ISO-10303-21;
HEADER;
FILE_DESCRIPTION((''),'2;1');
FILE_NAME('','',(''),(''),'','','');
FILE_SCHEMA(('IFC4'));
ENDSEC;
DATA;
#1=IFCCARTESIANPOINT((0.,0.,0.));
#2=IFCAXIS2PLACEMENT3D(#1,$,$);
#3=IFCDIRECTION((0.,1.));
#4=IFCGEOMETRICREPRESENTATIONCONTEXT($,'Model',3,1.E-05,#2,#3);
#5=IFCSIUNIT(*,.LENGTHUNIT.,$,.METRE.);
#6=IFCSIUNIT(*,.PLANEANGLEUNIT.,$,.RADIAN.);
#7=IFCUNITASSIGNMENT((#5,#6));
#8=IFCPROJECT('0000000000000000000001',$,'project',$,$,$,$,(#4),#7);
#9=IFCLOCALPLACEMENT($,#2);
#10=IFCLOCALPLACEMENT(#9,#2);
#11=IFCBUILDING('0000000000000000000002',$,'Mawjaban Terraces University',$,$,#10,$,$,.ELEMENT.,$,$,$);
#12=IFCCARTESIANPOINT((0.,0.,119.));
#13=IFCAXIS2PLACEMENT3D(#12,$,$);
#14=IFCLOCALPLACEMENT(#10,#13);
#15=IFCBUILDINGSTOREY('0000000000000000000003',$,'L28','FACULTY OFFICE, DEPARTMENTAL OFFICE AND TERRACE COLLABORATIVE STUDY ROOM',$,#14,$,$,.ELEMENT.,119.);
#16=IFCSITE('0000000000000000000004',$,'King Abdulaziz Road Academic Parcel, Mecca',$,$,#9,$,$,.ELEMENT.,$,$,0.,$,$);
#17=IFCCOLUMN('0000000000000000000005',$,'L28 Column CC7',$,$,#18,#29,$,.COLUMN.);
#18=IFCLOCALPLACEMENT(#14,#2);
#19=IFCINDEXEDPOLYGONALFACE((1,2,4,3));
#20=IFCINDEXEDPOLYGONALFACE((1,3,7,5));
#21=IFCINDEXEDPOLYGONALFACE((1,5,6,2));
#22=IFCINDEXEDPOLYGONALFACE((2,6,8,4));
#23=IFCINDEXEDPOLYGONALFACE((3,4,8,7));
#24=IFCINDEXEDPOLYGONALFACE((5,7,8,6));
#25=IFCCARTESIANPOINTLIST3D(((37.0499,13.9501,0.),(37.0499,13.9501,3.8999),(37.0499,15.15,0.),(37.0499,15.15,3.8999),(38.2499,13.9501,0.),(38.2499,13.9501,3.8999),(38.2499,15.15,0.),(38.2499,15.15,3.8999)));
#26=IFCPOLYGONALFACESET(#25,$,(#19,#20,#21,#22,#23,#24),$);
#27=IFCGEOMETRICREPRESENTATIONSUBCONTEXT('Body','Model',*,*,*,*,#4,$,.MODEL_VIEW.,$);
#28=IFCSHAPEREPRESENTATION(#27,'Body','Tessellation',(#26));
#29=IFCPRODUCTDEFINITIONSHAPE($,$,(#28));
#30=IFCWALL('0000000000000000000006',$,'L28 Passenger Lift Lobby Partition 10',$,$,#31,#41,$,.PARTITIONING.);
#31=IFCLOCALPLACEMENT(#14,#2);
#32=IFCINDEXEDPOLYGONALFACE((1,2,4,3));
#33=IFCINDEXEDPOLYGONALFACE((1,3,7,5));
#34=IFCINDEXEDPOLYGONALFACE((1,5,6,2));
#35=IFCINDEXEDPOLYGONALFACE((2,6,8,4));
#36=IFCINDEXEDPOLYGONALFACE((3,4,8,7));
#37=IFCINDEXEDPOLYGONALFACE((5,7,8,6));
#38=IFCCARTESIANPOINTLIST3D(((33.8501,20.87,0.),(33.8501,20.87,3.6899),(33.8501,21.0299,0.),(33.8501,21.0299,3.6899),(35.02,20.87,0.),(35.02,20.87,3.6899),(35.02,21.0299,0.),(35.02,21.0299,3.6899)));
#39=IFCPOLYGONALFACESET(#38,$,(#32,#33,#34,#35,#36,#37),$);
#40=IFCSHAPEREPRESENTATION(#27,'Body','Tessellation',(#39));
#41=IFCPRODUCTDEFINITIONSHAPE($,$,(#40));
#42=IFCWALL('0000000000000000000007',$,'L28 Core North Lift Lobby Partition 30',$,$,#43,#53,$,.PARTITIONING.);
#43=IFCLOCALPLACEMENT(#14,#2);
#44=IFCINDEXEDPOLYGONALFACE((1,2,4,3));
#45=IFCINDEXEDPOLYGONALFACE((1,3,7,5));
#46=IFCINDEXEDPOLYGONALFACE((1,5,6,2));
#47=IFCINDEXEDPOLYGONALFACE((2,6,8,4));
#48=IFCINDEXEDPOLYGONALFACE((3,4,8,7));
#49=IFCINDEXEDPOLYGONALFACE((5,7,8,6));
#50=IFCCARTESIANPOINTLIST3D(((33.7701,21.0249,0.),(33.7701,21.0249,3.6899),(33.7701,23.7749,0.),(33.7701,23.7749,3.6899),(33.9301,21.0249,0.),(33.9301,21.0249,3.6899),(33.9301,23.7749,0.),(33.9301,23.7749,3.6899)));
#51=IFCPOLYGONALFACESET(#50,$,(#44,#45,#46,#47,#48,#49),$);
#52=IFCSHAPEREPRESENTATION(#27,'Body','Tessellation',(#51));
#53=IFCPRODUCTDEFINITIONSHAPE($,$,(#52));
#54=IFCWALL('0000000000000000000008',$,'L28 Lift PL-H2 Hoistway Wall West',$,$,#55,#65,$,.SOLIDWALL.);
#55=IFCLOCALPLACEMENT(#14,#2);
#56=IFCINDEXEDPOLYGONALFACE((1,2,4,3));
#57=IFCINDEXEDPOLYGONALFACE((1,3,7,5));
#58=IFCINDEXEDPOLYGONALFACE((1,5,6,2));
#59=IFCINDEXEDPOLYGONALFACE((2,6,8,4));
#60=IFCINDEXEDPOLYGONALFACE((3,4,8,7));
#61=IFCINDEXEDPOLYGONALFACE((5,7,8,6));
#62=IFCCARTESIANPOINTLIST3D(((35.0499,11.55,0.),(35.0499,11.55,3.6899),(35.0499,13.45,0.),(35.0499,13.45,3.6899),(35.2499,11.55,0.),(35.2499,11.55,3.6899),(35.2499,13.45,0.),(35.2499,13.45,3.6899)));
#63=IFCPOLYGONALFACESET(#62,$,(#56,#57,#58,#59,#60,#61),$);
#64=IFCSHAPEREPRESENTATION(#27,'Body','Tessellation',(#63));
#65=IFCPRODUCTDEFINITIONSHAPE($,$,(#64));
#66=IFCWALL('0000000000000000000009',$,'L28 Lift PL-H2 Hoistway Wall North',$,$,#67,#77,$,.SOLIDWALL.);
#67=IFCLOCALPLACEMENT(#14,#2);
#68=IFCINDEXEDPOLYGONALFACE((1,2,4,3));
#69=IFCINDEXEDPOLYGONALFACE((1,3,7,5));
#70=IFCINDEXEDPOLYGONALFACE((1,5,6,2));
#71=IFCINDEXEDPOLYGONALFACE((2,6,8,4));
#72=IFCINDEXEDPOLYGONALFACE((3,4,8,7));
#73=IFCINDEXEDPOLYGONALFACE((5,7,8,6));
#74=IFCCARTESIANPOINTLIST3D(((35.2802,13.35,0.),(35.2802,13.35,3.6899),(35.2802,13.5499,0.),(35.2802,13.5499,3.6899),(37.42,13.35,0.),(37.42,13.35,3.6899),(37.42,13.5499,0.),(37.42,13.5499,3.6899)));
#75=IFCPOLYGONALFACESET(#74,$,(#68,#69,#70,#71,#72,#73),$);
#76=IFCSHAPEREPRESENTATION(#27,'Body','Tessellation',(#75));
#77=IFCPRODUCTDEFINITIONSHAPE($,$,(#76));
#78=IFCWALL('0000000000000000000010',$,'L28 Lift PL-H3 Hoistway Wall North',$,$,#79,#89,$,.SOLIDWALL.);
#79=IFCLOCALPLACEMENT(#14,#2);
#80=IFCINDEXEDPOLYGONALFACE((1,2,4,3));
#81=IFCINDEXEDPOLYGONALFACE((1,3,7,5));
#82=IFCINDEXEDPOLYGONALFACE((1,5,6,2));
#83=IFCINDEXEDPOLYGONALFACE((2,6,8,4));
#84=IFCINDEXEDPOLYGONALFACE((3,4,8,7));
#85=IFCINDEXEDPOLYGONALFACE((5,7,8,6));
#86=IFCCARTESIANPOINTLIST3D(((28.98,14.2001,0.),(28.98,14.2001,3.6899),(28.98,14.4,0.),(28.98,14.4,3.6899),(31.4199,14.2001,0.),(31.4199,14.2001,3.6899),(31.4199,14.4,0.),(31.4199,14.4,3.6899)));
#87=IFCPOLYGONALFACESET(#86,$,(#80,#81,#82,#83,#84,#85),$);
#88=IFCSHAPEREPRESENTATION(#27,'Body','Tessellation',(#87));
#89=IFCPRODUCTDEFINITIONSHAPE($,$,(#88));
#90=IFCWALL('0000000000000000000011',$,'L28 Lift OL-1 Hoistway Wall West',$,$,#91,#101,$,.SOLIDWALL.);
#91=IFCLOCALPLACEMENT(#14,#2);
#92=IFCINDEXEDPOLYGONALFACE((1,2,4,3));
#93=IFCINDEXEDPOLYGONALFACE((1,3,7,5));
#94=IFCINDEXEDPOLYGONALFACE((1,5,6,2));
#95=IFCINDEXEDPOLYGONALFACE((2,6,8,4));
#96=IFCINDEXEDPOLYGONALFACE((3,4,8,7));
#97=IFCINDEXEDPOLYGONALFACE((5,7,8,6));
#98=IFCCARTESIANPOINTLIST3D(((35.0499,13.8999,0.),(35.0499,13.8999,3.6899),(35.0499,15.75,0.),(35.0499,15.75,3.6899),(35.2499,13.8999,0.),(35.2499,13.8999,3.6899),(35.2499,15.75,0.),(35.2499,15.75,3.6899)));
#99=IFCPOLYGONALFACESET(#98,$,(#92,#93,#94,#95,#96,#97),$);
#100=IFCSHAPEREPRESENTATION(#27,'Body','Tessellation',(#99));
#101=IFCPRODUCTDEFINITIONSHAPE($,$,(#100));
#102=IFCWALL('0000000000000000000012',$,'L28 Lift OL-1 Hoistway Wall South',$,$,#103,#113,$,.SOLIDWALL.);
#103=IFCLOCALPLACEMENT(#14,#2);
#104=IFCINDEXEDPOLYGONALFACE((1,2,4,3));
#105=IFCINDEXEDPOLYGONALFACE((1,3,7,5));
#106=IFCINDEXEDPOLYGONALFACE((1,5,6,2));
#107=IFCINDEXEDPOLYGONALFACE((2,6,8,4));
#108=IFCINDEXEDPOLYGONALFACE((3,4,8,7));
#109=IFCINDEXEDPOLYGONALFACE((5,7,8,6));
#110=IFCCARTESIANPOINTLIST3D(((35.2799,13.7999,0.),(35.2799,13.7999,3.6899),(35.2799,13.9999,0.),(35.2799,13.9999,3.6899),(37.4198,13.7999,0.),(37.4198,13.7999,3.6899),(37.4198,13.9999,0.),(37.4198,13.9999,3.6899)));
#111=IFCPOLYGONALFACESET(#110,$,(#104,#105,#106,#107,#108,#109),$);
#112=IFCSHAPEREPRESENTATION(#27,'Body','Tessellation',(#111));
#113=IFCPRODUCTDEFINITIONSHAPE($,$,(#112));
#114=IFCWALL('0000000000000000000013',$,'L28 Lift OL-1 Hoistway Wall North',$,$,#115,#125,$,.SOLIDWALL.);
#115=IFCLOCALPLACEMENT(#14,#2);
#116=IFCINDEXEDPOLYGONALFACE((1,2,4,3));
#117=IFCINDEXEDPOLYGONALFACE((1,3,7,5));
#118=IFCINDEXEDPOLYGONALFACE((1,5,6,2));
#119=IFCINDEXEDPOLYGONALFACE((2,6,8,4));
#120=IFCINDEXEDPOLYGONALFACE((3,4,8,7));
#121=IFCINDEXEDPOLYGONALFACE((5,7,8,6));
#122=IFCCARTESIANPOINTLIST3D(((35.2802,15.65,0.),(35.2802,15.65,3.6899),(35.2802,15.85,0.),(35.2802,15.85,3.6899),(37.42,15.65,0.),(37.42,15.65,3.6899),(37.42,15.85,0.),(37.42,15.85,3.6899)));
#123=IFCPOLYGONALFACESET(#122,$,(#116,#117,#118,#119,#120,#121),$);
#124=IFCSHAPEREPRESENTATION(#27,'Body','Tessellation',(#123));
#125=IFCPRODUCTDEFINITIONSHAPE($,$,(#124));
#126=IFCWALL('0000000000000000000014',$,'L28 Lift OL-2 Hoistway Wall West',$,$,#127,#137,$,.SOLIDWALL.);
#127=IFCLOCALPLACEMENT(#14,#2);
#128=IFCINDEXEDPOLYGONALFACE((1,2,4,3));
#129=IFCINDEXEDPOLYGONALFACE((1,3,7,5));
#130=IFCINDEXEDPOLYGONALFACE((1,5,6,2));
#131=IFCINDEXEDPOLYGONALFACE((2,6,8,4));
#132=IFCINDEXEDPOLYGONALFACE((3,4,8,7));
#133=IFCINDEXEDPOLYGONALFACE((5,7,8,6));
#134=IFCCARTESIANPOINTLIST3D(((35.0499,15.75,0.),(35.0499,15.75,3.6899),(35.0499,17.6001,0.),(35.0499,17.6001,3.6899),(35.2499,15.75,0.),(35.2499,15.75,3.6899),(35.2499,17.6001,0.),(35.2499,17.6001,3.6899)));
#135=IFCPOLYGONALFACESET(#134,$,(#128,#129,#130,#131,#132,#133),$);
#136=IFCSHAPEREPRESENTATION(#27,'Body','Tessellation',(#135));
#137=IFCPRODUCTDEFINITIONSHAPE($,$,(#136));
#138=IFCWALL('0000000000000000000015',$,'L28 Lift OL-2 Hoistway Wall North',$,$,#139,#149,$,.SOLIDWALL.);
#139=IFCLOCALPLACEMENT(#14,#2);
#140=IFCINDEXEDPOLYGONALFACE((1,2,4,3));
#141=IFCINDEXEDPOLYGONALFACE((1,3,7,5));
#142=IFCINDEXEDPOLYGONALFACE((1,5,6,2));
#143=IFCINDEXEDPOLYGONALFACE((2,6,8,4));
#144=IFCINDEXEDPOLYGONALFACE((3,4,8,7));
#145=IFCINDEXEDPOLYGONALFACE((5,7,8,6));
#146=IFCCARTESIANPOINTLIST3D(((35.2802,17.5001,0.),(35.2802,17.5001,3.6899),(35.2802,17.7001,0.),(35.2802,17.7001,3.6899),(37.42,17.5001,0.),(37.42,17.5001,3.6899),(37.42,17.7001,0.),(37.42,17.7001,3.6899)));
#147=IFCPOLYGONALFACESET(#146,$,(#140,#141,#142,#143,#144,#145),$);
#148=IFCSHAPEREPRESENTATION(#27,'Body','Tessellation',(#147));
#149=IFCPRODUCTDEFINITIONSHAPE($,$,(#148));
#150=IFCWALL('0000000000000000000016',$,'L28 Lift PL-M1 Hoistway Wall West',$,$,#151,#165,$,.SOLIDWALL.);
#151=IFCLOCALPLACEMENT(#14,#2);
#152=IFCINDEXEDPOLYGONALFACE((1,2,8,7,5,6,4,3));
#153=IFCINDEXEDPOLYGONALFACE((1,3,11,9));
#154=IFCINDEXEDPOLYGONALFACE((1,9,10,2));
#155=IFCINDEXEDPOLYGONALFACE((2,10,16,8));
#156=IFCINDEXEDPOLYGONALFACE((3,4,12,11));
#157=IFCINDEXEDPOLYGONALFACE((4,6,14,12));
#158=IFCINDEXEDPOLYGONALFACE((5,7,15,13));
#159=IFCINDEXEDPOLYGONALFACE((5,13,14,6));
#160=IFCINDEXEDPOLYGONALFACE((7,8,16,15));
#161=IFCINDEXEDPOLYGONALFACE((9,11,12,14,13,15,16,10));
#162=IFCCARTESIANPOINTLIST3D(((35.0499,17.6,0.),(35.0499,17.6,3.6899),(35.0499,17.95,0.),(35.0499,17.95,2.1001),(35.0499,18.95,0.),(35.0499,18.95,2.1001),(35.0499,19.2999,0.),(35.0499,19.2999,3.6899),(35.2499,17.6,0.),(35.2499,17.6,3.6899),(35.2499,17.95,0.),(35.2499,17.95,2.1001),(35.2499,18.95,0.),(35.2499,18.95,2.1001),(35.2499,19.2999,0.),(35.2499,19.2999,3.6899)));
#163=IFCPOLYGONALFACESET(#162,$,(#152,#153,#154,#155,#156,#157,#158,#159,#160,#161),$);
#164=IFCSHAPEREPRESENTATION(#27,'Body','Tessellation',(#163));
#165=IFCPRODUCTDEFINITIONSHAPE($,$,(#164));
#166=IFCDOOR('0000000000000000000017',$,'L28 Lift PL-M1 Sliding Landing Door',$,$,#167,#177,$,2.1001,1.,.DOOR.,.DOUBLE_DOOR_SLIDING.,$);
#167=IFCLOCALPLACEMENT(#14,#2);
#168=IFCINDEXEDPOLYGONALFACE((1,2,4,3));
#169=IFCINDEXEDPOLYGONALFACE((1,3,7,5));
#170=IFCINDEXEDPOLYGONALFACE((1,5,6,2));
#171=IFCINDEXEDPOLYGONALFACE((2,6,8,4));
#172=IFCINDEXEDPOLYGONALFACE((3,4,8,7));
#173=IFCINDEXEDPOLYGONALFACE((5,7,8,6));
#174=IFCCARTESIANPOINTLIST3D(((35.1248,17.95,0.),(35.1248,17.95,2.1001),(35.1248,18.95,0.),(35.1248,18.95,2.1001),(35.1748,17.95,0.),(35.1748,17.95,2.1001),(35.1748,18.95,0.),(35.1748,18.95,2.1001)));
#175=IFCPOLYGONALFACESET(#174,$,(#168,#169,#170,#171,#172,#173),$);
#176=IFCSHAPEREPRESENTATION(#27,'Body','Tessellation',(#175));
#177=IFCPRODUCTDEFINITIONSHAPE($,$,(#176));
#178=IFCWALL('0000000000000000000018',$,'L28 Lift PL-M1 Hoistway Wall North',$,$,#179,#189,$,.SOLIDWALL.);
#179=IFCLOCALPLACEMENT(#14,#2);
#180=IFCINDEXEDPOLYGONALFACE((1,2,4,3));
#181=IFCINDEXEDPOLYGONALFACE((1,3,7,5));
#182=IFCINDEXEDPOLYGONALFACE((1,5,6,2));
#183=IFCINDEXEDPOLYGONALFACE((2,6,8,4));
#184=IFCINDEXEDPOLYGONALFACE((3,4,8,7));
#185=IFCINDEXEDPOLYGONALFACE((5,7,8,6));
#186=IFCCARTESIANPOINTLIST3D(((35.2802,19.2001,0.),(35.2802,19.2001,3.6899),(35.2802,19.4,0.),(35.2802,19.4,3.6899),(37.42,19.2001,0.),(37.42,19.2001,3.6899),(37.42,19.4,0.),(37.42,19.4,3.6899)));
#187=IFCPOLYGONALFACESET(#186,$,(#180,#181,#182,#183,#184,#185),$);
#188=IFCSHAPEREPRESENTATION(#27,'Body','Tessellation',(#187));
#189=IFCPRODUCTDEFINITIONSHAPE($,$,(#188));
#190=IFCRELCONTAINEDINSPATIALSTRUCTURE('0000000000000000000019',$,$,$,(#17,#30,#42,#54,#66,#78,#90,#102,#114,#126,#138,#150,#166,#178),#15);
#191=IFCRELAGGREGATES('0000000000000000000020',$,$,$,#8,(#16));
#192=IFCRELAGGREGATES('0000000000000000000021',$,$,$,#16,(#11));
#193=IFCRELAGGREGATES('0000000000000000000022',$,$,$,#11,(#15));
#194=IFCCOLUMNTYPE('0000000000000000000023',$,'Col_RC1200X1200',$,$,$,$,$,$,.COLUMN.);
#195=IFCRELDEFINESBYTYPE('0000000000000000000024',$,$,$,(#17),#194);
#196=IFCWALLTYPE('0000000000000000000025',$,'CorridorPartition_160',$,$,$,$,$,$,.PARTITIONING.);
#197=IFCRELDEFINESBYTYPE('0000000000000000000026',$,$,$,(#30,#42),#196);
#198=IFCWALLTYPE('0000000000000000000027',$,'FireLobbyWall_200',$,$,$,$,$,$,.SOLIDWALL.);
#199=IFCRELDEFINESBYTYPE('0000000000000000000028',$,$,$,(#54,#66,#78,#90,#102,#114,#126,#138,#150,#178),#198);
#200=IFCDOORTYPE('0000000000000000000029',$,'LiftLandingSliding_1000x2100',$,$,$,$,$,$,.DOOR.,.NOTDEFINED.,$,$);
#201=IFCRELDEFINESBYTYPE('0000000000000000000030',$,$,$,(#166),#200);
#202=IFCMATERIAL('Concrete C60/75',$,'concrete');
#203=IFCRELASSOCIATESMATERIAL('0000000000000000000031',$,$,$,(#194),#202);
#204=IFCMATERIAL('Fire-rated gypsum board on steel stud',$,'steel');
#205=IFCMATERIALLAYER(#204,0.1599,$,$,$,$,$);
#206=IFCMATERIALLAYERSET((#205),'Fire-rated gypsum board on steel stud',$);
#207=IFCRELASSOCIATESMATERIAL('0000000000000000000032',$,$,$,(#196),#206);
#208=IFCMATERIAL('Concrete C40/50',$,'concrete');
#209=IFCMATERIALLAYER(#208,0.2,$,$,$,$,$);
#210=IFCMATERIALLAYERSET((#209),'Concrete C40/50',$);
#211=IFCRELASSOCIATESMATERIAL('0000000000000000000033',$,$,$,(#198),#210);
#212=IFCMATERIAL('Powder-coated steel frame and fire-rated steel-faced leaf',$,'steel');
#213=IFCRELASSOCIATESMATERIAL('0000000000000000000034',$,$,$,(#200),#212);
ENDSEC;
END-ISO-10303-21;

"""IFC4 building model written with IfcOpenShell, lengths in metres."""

from ifc_helpers import new_model, si_unit, direction, frame, frame_2d, origin, origin_2d, place, context, subcontext, project, spatial, rectangle, extrude, material, layer, layer_set, material_profile, profile_set, type_object, element, fill, save


model = new_model("IFC4")

# Units and contexts
model_context = context("Model", 3, precision=1e-05, world=origin(), true_north=direction((0.0, 1.0)))
body_context = subcontext(model_context, "Body", "Model", "MODEL_VIEW")
ifc_project = project(units=[si_unit("LENGTHUNIT", "METRE"), si_unit("PLANEANGLEUNIT", "RADIAN")], contexts=[model_context])

# Site, building, storey
site_placement = place(None, origin())
site = spatial("IfcSite", under=ifc_project, at=site_placement, Name="King Abdulaziz Road Academic Parcel, Mecca", CompositionType="ELEMENT", RefElevation=0.0)
building_placement = place(site_placement, origin())
building = spatial("IfcBuilding", under=site, at=building_placement, Name="Mawjaban Terraces University", CompositionType="ELEMENT")
storey_placement = place(building_placement, frame((0.0, 0.0, 119.0)))
storey = spatial("IfcBuildingStorey", under=building, at=storey_placement, Name="L28", Description="FACULTY OFFICE, DEPARTMENTAL OFFICE AND TERRACE COLLABORATIVE STUDY ROOM", CompositionType="ELEMENT", Elevation=119.0)

# Column
ifc_material_1 = material(Name="Concrete C60/75", Category="concrete")
ifc_material_profile = material_profile(ifc_material_1, rectangle(XDim=1.2, YDim=1.2, at=origin_2d()), Name="RC1200X1200")
ifc_profile_set = profile_set([ifc_material_profile], Name="Concrete C60/75")
column_type = type_object("IfcColumnType", Name="Col_RC1200X1200", PredefinedType="COLUMN", material=ifc_profile_set)
column_placement = place(storey_placement, frame((37.6499, 14.55, 0.0), z_axis=(0.0, 0.0, 1.0), x_axis=(1.0, 0.0, 0.0)))
element("IfcColumn", 1, at=column_placement, inside=storey, type_object=column_type, Name="L28 Column CC7", PredefinedType="COLUMN", context=body_context, shape_type="SweptSolid", body=[
    extrude(rectangle(XDim=1.2, YDim=1.2, at=origin_2d()), origin(), (0.0, 0.0, 1.0), 3.8999),
])

# Walls
ifc_material_2 = material(Name="Fire-rated gypsum board on steel stud", Category="steel")
ifc_layer_1 = layer(ifc_material_2, 0.1599)
ifc_layer_set_1 = layer_set([ifc_layer_1], Name="Fire-rated gypsum board on steel stud")
wall_type_1 = type_object("IfcWallType", Name="CorridorPartition_160", PredefinedType="PARTITIONING", material=ifc_layer_set_1)
wall_1_placement = place(storey_placement, frame((35.02, 20.95, 0.0), z_axis=(0.0, 0.0, 1.0), x_axis=(-1.0, 0.0, 0.0)))
element("IfcWall", 2, at=wall_1_placement, inside=storey, type_object=wall_type_1, Name="L28 Passenger Lift Lobby Partition 10", PredefinedType="PARTITIONING", context=body_context, shape_type="SweptSolid", body=[
    extrude(rectangle(XDim=1.1699, YDim=0.1599, at=frame_2d((0.585, 0.0))), origin(), (0.0, 0.0, 1.0), 3.6899),
])
wall_2_placement = place(storey_placement, frame((33.8501, 21.0249, 0.0), z_axis=(0.0, 0.0, 1.0), x_axis=(0.0, 1.0, 0.0)))
element("IfcWall", 3, at=wall_2_placement, inside=storey, type_object=wall_type_1, Name="L28 Core North Lift Lobby Partition 30", PredefinedType="PARTITIONING", context=body_context, shape_type="SweptSolid", body=[
    extrude(rectangle(XDim=2.75, YDim=0.1599, at=frame_2d((1.375, 0.0))), origin(), (0.0, 0.0, 1.0), 3.6899),
])
ifc_material_3 = material(Name="Concrete C40/50", Category="concrete")
ifc_layer_2 = layer(ifc_material_3, 0.2)
ifc_layer_set_2 = layer_set([ifc_layer_2], Name="Concrete C40/50")
wall_type_2 = type_object("IfcWallType", Name="FireLobbyWall_200", PredefinedType="SOLIDWALL", material=ifc_layer_set_2)
wall_3_placement = place(storey_placement, frame((35.1499, 13.45, 0.0), z_axis=(0.0, 0.0, 1.0), x_axis=(0.0, -1.0, 0.0)))
element("IfcWall", 4, at=wall_3_placement, inside=storey, type_object=wall_type_2, Name="L28 Lift PL-H2 Hoistway Wall West", PredefinedType="SOLIDWALL", context=body_context, shape_type="SweptSolid", body=[
    extrude(rectangle(XDim=1.8999, YDim=0.2, at=frame_2d((0.95, 0.0))), origin(), (0.0, 0.0, 1.0), 3.6899),
])
wall_4_placement = place(storey_placement, frame((37.4199, 13.45, 0.0), z_axis=(0.0, 0.0, 1.0), x_axis=(-1.0, 0.0, 0.0)))
element("IfcWall", 5, at=wall_4_placement, inside=storey, type_object=wall_type_2, Name="L28 Lift PL-H2 Hoistway Wall North", PredefinedType="SOLIDWALL", context=body_context, shape_type="SweptSolid", body=[
    extrude(rectangle(XDim=2.1399, YDim=0.2, at=frame_2d((1.0698, 0.0))), origin(), (0.0, 0.0, 1.0), 3.6899),
])
wall_5_placement = place(storey_placement, frame((31.4199, 14.3, 0.0), z_axis=(0.0, 0.0, 1.0), x_axis=(-1.0, 0.0, 0.0)))
element("IfcWall", 6, at=wall_5_placement, inside=storey, type_object=wall_type_2, Name="L28 Lift PL-H3 Hoistway Wall North", PredefinedType="SOLIDWALL", context=body_context, shape_type="SweptSolid", body=[
    extrude(rectangle(XDim=2.4399, YDim=0.2, at=frame_2d((1.22, 0.0))), origin(), (0.0, 0.0, 1.0), 3.6899),
])
wall_6_placement = place(storey_placement, frame((35.1499, 15.75, 0.0), z_axis=(0.0, 0.0, 1.0), x_axis=(0.0, -1.0, 0.0)))
element("IfcWall", 7, at=wall_6_placement, inside=storey, type_object=wall_type_2, Name="L28 Lift OL-1 Hoistway Wall West", PredefinedType="SOLIDWALL", context=body_context, shape_type="SweptSolid", body=[
    extrude(rectangle(XDim=1.8501, YDim=0.2, at=frame_2d((0.925, 0.0))), origin(), (0.0, 0.0, 1.0), 3.6899),
])
for number, where, z_axis, x_axis, name in (
    (8, (35.28, 13.8999, 0.0), (0.0, 0.0, 1.0), (1.0, 0.0, 0.0), "L28 Lift OL-1 Hoistway Wall South"),
    (9, (37.4199, 15.75, 0.0), (0.0, 0.0, 1.0), (-1.0, 0.0, 0.0), "L28 Lift OL-1 Hoistway Wall North"),
):
    element("IfcWall", number, at=place(storey_placement, frame(where, z_axis=z_axis, x_axis=x_axis)), inside=storey, type_object=wall_type_2, Name=name, PredefinedType="SOLIDWALL", context=body_context, shape_type="SweptSolid", body=[
        extrude(rectangle(XDim=2.1399, YDim=0.2, at=frame_2d((1.0698, 0.0))), origin(), (0.0, 0.0, 1.0), 3.6899),
    ])
wall_7_placement = place(storey_placement, frame((35.1499, 17.6001, 0.0), z_axis=(0.0, 0.0, 1.0), x_axis=(0.0, -1.0, 0.0)))
element("IfcWall", 10, at=wall_7_placement, inside=storey, type_object=wall_type_2, Name="L28 Lift OL-2 Hoistway Wall West", PredefinedType="SOLIDWALL", context=body_context, shape_type="SweptSolid", body=[
    extrude(rectangle(XDim=1.8501, YDim=0.2, at=frame_2d((0.925, 0.0))), origin(), (0.0, 0.0, 1.0), 3.6899),
])
wall_8_placement = place(storey_placement, frame((37.4199, 17.6001, 0.0), z_axis=(0.0, 0.0, 1.0), x_axis=(-1.0, 0.0, 0.0)))
element("IfcWall", 11, at=wall_8_placement, inside=storey, type_object=wall_type_2, Name="L28 Lift OL-2 Hoistway Wall North", PredefinedType="SOLIDWALL", context=body_context, shape_type="SweptSolid", body=[
    extrude(rectangle(XDim=2.1399, YDim=0.2, at=frame_2d((1.0698, 0.0))), origin(), (0.0, 0.0, 1.0), 3.6899),
])

# Wall, opening, door
wall_9_placement = place(storey_placement, frame((35.1499, 19.3, 0.0), z_axis=(0.0, 0.0, 1.0), x_axis=(0.0, -1.0, 0.0)))
wall_9 = element("IfcWall", 12, at=wall_9_placement, inside=storey, type_object=wall_type_2, Name="L28 Lift PL-M1 Hoistway Wall West", PredefinedType="SOLIDWALL", context=body_context, shape_type="SweptSolid", body=[
    extrude(rectangle(XDim=1.7, YDim=0.2, at=frame_2d((0.8501, 0.0))), origin(), (0.0, 0.0, 1.0), 3.6899),
])
opening_1_placement = place(wall_9_placement, frame((0.3501, 0.0, 0.0)))
opening_1 = element("IfcOpeningElement", 13, at=opening_1_placement, cuts=wall_9, PredefinedType="OPENING", context=body_context, shape_type="SweptSolid", body=[
    extrude(rectangle(XDim=1.0, YDim=2.1001, at=frame_2d((0.5, 1.05))), frame((0.0, 0.1099, 0.0), z_axis=(0.0, -1.0, 0.0), x_axis=(1.0, 0.0, 0.0)), (0.0, 0.0, 1.0), 0.22),
])
ifc_material_4 = material(Name="Powder-coated steel frame and fire-rated steel-faced leaf", Category="steel")
door_type_1 = type_object("IfcDoorType", Name="LiftLandingSliding_1000x2100", OperationType="NOTDEFINED", PredefinedType="DOOR", material=ifc_material_4)
door_1_placement = place(opening_1_placement, origin())
door_1 = element("IfcDoor", 14, at=door_1_placement, inside=storey, type_object=door_type_1, Name="L28 Lift PL-M1 Sliding Landing Door", OperationType="DOUBLE_DOOR_SLIDING", OverallHeight=2.1001, OverallWidth=1.0, PredefinedType="DOOR", context=body_context, shape_type="SweptSolid", body=[
    extrude(rectangle(XDim=1.0, YDim=2.1001, at=frame_2d((0.5, 1.05))), frame((0.0, 0.0249, 0.0), z_axis=(0.0, -1.0, 0.0), x_axis=(1.0, 0.0, 0.0)), (0.0, 0.0, 1.0), 0.05),
])
fill(opening_1, door_1)

# Wall
wall_10_placement = place(storey_placement, frame((37.4199, 19.3, 0.0), z_axis=(0.0, 0.0, 1.0), x_axis=(-1.0, 0.0, 0.0)))
element("IfcWall", 15, at=wall_10_placement, inside=storey, type_object=wall_type_2, Name="L28 Lift PL-M1 Hoistway Wall North", PredefinedType="SOLIDWALL", context=body_context, shape_type="SweptSolid", body=[
    extrude(rectangle(XDim=2.1399, YDim=0.2, at=frame_2d((1.0698, 0.0))), origin(), (0.0, 0.0, 1.0), 3.6899),
])

save(model, "model.ifc")
